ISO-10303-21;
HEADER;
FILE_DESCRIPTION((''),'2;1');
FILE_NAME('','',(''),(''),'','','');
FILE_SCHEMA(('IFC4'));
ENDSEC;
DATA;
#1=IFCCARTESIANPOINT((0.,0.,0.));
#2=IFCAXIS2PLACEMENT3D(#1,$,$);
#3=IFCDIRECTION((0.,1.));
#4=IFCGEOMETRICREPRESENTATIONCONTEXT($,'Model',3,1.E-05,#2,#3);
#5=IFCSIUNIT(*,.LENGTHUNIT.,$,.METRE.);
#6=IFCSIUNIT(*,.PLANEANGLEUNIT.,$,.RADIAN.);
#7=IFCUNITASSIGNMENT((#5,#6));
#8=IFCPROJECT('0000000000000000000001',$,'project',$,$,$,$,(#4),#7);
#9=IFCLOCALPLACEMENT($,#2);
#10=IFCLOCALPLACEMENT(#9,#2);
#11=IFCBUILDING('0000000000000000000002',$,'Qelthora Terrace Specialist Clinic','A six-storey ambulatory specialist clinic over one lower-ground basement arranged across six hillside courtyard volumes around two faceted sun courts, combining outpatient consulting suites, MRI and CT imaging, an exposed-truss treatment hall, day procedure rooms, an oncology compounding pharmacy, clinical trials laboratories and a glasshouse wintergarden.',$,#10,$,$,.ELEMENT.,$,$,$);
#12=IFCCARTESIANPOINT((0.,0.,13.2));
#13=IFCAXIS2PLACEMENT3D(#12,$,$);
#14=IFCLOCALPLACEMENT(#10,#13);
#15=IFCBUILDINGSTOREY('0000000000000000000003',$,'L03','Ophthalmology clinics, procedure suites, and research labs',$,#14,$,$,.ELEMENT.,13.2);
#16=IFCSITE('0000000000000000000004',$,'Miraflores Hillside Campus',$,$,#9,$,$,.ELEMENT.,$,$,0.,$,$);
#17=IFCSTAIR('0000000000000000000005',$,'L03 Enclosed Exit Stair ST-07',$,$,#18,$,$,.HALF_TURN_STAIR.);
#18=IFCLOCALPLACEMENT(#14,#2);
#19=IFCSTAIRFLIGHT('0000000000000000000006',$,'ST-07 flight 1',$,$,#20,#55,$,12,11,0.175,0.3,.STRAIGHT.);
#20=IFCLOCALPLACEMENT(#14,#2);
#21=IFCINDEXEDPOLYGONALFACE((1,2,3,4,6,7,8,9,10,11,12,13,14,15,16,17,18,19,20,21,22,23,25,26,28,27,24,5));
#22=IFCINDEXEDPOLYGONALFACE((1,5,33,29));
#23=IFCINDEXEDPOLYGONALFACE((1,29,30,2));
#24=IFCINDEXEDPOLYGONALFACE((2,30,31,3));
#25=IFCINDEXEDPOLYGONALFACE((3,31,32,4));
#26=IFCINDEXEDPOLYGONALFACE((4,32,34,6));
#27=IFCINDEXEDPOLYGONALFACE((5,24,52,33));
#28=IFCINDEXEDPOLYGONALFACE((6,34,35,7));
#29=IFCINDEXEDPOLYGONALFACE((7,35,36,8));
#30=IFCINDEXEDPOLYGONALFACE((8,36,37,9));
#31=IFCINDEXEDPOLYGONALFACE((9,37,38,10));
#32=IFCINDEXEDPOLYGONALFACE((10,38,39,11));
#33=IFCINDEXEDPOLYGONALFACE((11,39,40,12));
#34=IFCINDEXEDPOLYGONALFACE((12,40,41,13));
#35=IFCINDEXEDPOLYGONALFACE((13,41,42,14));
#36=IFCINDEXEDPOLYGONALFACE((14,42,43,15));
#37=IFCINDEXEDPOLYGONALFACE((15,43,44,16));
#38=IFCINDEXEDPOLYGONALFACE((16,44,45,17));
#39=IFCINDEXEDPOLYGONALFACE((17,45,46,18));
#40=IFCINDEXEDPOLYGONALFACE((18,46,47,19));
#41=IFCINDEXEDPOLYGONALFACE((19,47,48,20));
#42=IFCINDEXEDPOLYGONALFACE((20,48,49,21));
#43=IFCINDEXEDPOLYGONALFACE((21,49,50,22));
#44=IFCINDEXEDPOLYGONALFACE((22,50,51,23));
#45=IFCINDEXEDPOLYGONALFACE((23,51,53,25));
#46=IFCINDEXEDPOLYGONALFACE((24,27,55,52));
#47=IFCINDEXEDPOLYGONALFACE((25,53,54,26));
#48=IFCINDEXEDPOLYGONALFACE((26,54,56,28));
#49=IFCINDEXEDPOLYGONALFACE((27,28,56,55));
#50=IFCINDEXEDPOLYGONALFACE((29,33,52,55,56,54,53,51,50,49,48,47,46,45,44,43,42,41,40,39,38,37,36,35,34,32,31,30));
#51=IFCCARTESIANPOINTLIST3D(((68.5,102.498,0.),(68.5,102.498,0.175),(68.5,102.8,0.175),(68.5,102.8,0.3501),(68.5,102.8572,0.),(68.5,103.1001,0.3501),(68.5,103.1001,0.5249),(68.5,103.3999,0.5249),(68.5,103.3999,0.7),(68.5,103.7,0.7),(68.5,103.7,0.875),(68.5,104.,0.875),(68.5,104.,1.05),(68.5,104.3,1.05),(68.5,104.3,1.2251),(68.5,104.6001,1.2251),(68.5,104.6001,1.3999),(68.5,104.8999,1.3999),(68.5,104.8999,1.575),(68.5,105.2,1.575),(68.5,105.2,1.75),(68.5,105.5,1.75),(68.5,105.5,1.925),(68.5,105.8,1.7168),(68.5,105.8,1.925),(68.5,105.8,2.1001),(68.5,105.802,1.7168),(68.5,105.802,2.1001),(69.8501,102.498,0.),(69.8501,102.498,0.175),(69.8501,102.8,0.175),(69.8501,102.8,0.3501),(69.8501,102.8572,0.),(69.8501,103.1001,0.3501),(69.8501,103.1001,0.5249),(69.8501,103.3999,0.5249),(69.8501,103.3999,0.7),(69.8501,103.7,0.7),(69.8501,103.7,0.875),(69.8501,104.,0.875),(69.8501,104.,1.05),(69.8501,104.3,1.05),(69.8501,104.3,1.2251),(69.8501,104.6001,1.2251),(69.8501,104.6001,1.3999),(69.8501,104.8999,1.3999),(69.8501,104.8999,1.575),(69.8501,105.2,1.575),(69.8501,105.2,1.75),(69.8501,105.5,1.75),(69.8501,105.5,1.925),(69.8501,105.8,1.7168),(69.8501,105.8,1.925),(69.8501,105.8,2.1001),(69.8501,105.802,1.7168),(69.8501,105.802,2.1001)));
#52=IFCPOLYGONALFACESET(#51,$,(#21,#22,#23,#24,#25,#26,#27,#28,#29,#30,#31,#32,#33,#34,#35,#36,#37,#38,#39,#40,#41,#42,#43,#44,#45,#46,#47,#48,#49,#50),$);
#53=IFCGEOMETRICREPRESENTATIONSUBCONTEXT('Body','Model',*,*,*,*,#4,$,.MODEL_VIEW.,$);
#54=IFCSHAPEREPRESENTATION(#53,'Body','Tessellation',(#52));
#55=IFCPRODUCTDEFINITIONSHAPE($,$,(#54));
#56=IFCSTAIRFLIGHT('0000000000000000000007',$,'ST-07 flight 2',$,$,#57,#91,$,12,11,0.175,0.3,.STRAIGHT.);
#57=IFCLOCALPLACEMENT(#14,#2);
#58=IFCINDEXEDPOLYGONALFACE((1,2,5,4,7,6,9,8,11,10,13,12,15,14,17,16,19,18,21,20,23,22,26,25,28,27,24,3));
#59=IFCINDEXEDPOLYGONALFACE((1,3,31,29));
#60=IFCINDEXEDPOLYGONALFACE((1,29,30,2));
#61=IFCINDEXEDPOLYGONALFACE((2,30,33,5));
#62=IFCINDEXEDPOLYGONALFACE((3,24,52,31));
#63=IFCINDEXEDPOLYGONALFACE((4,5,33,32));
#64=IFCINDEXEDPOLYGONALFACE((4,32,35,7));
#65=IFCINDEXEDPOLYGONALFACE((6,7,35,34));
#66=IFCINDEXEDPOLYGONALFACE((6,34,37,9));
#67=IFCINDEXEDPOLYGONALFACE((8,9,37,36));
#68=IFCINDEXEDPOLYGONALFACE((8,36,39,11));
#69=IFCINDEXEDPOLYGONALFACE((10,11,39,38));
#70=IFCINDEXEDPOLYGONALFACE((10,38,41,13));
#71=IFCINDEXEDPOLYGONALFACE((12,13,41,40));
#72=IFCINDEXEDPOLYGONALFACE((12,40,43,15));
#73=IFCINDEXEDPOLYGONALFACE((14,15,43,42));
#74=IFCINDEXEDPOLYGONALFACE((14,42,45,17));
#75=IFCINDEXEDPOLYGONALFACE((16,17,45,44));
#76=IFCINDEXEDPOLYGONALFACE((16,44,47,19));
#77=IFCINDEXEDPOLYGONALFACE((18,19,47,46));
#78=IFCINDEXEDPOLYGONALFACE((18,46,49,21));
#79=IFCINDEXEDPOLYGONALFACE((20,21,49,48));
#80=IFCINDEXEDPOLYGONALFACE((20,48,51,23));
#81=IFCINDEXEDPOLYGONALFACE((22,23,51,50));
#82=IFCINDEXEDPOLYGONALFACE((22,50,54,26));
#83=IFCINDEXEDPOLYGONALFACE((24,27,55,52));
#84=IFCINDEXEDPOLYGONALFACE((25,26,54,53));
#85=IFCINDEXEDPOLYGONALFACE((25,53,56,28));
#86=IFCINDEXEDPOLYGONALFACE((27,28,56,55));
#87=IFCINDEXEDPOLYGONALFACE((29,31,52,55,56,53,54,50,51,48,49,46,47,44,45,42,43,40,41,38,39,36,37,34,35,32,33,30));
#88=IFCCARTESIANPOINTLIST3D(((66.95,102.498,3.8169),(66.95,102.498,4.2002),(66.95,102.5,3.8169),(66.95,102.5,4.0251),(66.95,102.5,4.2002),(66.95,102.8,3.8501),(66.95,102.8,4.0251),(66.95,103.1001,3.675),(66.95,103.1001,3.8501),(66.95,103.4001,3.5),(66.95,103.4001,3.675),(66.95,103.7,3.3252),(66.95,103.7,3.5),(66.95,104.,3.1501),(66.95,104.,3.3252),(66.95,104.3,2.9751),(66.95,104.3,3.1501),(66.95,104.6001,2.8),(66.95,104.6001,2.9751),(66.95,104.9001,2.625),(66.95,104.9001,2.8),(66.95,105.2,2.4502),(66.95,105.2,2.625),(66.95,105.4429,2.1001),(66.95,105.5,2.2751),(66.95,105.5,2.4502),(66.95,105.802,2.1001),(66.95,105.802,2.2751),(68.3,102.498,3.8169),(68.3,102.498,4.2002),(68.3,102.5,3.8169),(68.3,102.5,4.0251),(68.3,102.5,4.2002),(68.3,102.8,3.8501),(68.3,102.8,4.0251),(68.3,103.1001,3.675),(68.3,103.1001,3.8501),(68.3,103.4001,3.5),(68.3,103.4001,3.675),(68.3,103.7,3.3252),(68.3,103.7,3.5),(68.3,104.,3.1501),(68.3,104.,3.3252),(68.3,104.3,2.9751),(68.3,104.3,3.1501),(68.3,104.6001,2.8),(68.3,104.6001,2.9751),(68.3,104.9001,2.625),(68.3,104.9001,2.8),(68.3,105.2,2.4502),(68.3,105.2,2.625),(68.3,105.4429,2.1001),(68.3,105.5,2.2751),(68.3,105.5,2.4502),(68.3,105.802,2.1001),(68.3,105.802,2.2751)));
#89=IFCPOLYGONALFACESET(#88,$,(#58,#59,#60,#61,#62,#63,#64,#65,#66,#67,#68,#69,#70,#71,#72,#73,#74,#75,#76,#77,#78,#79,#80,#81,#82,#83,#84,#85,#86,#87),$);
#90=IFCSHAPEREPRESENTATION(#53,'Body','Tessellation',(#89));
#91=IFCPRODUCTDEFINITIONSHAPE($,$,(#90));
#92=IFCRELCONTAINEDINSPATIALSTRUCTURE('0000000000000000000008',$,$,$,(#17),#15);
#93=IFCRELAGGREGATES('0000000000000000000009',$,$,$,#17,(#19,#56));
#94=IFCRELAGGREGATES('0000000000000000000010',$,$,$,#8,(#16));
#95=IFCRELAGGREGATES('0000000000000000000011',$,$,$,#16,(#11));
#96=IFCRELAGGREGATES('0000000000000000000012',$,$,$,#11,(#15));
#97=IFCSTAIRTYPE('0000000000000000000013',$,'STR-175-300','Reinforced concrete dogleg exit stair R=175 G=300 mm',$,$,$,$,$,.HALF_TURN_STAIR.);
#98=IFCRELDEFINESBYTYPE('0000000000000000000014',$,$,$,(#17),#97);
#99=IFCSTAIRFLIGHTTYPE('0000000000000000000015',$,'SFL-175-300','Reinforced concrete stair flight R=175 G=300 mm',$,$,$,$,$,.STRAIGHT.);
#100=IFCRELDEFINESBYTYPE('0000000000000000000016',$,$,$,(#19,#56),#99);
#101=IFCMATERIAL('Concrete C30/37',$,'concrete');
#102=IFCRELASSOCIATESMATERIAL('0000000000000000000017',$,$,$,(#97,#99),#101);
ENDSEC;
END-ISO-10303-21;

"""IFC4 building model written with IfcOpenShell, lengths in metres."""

from ifc_helpers import new_model, si_unit, direction, frame, origin, place, context, subcontext, project, spatial, polyline, outline, extrude, material, type_object, element, aggregate, save


model = new_model("IFC4")

# Units and contexts
model_context = context("Model", 3, precision=1e-05, world=origin(), true_north=direction((0.0, 1.0)))
body_context = subcontext(model_context, "Body", "Model", "MODEL_VIEW")
ifc_project = project(units=[si_unit("LENGTHUNIT", "METRE"), si_unit("PLANEANGLEUNIT", "RADIAN")], contexts=[model_context])

# Site, building, storey
site_placement = place(None, origin())
site = spatial("IfcSite", under=ifc_project, at=site_placement, Name="Miraflores Hillside Campus", CompositionType="ELEMENT", RefElevation=0.0)
building_placement = place(site_placement, origin())
building = spatial("IfcBuilding", under=site, at=building_placement, Name="Qelthora Terrace Specialist Clinic", Description="A six-storey ambulatory specialist clinic over one lower-ground basement arranged across six hillside courtyard volumes around two faceted sun courts, combining outpatient consulting suites, MRI and CT imaging, an exposed-truss treatment hall, day procedure rooms, an oncology compounding pharmacy, clinical trials laboratories and a glasshouse wintergarden.", CompositionType="ELEMENT")
storey_placement = place(building_placement, frame((0.0, 0.0, 13.2)))
storey = spatial("IfcBuildingStorey", under=building, at=storey_placement, Name="L03", Description="Ophthalmology clinics, procedure suites, and research labs", CompositionType="ELEMENT", Elevation=13.2)

# Stair, stair flights
ifc_material_1 = material(Name="Concrete C30/37", Category="concrete")
stair_type = type_object("IfcStairType", Name="STR-175-300", Description="Reinforced concrete dogleg exit stair R=175 G=300 mm", PredefinedType="HALF_TURN_STAIR", material=ifc_material_1)
stair_placement = place(storey_placement, origin())
stair = element("IfcStair", 1, at=stair_placement, inside=storey, type_object=stair_type, Name="L03 Enclosed Exit Stair ST-07", PredefinedType="HALF_TURN_STAIR")
stair_flight_type = type_object("IfcStairFlightType", Name="SFL-175-300", Description="Reinforced concrete stair flight R=175 G=300 mm", PredefinedType="STRAIGHT", material=ifc_material_1)
stair_flight_1_placement = place(storey_placement, frame((69.175, 102.5, 0.0), z_axis=(0.0, 0.0, 1.0), x_axis=(0.0, 1.0, 0.0)))
stair_flight_1 = element("IfcStairFlight", 2, at=stair_flight_1_placement, type_object=stair_flight_type, Name="ST-07 flight 1", NumberOfRisers=12, NumberOfTreads=11, PredefinedType="STRAIGHT", RiserHeight=0.175, TreadLength=0.3, context=body_context, shape_type="SweptSolid", body=[
    extrude(outline(polyline([(-0.002, 0.0), (-0.002, 0.175), (0.3, 0.175), (0.3, 0.3501), (0.6001, 0.3501), (0.6001, 0.5249), (0.8999, 0.5249), (0.8999, 0.7), (1.2, 0.7), (1.2, 0.875), (1.5, 0.875), (1.5, 1.05), (1.8, 1.05), (1.8, 1.2251), (2.1001, 1.2251), (2.1001, 1.3999), (2.3999, 1.3999), (2.3999, 1.575), (2.7, 1.575), (2.7, 1.75), (3.0, 1.75), (3.0, 1.925), (3.3, 1.925), (3.3, 2.1001), (3.302, 2.1001), (3.302, 1.7168), (3.3, 1.7168), (0.3572, 0.0), (-0.002, 0.0)])), frame((0.0, 0.675, 0.0), z_axis=(0.0, -1.0, 0.0), x_axis=(1.0, 0.0, 0.0)), (0.0, 0.0, 1.0), 1.3501),
])
stair_flight_2_placement = place(storey_placement, frame((67.625, 105.8, 2.1001), z_axis=(0.0, 0.0, 1.0), x_axis=(0.0, -1.0, 0.0)))
stair_flight_2 = element("IfcStairFlight", 3, at=stair_flight_2_placement, type_object=stair_flight_type, Name="ST-07 flight 2", NumberOfRisers=12, NumberOfTreads=11, PredefinedType="STRAIGHT", RiserHeight=0.175, TreadLength=0.3, context=body_context, shape_type="SweptSolid", body=[
    extrude(outline(polyline([(-0.002, 0.0), (-0.002, 0.175), (0.3, 0.175), (0.3, 0.3501), (0.6001, 0.3501), (0.6001, 0.5249), (0.8999, 0.5249), (0.8999, 0.7), (1.2, 0.7), (1.2, 0.875), (1.5, 0.875), (1.5, 1.05), (1.8, 1.05), (1.8, 1.2251), (2.1001, 1.2251), (2.1001, 1.3999), (2.3999, 1.3999), (2.3999, 1.575), (2.7, 1.575), (2.7, 1.75), (3.0, 1.75), (3.0, 1.925), (3.3, 1.925), (3.3, 2.1001), (3.302, 2.1001), (3.302, 1.7168), (3.3, 1.7168), (0.3572, 0.0), (-0.002, 0.0)])), frame((0.0, 0.675, 0.0), z_axis=(0.0, -1.0, 0.0), x_axis=(1.0, 0.0, 0.0)), (0.0, 0.0, 1.0), 1.3501),
])
aggregate(stair, [stair_flight_1, stair_flight_2])

save(model, "model.ifc")
